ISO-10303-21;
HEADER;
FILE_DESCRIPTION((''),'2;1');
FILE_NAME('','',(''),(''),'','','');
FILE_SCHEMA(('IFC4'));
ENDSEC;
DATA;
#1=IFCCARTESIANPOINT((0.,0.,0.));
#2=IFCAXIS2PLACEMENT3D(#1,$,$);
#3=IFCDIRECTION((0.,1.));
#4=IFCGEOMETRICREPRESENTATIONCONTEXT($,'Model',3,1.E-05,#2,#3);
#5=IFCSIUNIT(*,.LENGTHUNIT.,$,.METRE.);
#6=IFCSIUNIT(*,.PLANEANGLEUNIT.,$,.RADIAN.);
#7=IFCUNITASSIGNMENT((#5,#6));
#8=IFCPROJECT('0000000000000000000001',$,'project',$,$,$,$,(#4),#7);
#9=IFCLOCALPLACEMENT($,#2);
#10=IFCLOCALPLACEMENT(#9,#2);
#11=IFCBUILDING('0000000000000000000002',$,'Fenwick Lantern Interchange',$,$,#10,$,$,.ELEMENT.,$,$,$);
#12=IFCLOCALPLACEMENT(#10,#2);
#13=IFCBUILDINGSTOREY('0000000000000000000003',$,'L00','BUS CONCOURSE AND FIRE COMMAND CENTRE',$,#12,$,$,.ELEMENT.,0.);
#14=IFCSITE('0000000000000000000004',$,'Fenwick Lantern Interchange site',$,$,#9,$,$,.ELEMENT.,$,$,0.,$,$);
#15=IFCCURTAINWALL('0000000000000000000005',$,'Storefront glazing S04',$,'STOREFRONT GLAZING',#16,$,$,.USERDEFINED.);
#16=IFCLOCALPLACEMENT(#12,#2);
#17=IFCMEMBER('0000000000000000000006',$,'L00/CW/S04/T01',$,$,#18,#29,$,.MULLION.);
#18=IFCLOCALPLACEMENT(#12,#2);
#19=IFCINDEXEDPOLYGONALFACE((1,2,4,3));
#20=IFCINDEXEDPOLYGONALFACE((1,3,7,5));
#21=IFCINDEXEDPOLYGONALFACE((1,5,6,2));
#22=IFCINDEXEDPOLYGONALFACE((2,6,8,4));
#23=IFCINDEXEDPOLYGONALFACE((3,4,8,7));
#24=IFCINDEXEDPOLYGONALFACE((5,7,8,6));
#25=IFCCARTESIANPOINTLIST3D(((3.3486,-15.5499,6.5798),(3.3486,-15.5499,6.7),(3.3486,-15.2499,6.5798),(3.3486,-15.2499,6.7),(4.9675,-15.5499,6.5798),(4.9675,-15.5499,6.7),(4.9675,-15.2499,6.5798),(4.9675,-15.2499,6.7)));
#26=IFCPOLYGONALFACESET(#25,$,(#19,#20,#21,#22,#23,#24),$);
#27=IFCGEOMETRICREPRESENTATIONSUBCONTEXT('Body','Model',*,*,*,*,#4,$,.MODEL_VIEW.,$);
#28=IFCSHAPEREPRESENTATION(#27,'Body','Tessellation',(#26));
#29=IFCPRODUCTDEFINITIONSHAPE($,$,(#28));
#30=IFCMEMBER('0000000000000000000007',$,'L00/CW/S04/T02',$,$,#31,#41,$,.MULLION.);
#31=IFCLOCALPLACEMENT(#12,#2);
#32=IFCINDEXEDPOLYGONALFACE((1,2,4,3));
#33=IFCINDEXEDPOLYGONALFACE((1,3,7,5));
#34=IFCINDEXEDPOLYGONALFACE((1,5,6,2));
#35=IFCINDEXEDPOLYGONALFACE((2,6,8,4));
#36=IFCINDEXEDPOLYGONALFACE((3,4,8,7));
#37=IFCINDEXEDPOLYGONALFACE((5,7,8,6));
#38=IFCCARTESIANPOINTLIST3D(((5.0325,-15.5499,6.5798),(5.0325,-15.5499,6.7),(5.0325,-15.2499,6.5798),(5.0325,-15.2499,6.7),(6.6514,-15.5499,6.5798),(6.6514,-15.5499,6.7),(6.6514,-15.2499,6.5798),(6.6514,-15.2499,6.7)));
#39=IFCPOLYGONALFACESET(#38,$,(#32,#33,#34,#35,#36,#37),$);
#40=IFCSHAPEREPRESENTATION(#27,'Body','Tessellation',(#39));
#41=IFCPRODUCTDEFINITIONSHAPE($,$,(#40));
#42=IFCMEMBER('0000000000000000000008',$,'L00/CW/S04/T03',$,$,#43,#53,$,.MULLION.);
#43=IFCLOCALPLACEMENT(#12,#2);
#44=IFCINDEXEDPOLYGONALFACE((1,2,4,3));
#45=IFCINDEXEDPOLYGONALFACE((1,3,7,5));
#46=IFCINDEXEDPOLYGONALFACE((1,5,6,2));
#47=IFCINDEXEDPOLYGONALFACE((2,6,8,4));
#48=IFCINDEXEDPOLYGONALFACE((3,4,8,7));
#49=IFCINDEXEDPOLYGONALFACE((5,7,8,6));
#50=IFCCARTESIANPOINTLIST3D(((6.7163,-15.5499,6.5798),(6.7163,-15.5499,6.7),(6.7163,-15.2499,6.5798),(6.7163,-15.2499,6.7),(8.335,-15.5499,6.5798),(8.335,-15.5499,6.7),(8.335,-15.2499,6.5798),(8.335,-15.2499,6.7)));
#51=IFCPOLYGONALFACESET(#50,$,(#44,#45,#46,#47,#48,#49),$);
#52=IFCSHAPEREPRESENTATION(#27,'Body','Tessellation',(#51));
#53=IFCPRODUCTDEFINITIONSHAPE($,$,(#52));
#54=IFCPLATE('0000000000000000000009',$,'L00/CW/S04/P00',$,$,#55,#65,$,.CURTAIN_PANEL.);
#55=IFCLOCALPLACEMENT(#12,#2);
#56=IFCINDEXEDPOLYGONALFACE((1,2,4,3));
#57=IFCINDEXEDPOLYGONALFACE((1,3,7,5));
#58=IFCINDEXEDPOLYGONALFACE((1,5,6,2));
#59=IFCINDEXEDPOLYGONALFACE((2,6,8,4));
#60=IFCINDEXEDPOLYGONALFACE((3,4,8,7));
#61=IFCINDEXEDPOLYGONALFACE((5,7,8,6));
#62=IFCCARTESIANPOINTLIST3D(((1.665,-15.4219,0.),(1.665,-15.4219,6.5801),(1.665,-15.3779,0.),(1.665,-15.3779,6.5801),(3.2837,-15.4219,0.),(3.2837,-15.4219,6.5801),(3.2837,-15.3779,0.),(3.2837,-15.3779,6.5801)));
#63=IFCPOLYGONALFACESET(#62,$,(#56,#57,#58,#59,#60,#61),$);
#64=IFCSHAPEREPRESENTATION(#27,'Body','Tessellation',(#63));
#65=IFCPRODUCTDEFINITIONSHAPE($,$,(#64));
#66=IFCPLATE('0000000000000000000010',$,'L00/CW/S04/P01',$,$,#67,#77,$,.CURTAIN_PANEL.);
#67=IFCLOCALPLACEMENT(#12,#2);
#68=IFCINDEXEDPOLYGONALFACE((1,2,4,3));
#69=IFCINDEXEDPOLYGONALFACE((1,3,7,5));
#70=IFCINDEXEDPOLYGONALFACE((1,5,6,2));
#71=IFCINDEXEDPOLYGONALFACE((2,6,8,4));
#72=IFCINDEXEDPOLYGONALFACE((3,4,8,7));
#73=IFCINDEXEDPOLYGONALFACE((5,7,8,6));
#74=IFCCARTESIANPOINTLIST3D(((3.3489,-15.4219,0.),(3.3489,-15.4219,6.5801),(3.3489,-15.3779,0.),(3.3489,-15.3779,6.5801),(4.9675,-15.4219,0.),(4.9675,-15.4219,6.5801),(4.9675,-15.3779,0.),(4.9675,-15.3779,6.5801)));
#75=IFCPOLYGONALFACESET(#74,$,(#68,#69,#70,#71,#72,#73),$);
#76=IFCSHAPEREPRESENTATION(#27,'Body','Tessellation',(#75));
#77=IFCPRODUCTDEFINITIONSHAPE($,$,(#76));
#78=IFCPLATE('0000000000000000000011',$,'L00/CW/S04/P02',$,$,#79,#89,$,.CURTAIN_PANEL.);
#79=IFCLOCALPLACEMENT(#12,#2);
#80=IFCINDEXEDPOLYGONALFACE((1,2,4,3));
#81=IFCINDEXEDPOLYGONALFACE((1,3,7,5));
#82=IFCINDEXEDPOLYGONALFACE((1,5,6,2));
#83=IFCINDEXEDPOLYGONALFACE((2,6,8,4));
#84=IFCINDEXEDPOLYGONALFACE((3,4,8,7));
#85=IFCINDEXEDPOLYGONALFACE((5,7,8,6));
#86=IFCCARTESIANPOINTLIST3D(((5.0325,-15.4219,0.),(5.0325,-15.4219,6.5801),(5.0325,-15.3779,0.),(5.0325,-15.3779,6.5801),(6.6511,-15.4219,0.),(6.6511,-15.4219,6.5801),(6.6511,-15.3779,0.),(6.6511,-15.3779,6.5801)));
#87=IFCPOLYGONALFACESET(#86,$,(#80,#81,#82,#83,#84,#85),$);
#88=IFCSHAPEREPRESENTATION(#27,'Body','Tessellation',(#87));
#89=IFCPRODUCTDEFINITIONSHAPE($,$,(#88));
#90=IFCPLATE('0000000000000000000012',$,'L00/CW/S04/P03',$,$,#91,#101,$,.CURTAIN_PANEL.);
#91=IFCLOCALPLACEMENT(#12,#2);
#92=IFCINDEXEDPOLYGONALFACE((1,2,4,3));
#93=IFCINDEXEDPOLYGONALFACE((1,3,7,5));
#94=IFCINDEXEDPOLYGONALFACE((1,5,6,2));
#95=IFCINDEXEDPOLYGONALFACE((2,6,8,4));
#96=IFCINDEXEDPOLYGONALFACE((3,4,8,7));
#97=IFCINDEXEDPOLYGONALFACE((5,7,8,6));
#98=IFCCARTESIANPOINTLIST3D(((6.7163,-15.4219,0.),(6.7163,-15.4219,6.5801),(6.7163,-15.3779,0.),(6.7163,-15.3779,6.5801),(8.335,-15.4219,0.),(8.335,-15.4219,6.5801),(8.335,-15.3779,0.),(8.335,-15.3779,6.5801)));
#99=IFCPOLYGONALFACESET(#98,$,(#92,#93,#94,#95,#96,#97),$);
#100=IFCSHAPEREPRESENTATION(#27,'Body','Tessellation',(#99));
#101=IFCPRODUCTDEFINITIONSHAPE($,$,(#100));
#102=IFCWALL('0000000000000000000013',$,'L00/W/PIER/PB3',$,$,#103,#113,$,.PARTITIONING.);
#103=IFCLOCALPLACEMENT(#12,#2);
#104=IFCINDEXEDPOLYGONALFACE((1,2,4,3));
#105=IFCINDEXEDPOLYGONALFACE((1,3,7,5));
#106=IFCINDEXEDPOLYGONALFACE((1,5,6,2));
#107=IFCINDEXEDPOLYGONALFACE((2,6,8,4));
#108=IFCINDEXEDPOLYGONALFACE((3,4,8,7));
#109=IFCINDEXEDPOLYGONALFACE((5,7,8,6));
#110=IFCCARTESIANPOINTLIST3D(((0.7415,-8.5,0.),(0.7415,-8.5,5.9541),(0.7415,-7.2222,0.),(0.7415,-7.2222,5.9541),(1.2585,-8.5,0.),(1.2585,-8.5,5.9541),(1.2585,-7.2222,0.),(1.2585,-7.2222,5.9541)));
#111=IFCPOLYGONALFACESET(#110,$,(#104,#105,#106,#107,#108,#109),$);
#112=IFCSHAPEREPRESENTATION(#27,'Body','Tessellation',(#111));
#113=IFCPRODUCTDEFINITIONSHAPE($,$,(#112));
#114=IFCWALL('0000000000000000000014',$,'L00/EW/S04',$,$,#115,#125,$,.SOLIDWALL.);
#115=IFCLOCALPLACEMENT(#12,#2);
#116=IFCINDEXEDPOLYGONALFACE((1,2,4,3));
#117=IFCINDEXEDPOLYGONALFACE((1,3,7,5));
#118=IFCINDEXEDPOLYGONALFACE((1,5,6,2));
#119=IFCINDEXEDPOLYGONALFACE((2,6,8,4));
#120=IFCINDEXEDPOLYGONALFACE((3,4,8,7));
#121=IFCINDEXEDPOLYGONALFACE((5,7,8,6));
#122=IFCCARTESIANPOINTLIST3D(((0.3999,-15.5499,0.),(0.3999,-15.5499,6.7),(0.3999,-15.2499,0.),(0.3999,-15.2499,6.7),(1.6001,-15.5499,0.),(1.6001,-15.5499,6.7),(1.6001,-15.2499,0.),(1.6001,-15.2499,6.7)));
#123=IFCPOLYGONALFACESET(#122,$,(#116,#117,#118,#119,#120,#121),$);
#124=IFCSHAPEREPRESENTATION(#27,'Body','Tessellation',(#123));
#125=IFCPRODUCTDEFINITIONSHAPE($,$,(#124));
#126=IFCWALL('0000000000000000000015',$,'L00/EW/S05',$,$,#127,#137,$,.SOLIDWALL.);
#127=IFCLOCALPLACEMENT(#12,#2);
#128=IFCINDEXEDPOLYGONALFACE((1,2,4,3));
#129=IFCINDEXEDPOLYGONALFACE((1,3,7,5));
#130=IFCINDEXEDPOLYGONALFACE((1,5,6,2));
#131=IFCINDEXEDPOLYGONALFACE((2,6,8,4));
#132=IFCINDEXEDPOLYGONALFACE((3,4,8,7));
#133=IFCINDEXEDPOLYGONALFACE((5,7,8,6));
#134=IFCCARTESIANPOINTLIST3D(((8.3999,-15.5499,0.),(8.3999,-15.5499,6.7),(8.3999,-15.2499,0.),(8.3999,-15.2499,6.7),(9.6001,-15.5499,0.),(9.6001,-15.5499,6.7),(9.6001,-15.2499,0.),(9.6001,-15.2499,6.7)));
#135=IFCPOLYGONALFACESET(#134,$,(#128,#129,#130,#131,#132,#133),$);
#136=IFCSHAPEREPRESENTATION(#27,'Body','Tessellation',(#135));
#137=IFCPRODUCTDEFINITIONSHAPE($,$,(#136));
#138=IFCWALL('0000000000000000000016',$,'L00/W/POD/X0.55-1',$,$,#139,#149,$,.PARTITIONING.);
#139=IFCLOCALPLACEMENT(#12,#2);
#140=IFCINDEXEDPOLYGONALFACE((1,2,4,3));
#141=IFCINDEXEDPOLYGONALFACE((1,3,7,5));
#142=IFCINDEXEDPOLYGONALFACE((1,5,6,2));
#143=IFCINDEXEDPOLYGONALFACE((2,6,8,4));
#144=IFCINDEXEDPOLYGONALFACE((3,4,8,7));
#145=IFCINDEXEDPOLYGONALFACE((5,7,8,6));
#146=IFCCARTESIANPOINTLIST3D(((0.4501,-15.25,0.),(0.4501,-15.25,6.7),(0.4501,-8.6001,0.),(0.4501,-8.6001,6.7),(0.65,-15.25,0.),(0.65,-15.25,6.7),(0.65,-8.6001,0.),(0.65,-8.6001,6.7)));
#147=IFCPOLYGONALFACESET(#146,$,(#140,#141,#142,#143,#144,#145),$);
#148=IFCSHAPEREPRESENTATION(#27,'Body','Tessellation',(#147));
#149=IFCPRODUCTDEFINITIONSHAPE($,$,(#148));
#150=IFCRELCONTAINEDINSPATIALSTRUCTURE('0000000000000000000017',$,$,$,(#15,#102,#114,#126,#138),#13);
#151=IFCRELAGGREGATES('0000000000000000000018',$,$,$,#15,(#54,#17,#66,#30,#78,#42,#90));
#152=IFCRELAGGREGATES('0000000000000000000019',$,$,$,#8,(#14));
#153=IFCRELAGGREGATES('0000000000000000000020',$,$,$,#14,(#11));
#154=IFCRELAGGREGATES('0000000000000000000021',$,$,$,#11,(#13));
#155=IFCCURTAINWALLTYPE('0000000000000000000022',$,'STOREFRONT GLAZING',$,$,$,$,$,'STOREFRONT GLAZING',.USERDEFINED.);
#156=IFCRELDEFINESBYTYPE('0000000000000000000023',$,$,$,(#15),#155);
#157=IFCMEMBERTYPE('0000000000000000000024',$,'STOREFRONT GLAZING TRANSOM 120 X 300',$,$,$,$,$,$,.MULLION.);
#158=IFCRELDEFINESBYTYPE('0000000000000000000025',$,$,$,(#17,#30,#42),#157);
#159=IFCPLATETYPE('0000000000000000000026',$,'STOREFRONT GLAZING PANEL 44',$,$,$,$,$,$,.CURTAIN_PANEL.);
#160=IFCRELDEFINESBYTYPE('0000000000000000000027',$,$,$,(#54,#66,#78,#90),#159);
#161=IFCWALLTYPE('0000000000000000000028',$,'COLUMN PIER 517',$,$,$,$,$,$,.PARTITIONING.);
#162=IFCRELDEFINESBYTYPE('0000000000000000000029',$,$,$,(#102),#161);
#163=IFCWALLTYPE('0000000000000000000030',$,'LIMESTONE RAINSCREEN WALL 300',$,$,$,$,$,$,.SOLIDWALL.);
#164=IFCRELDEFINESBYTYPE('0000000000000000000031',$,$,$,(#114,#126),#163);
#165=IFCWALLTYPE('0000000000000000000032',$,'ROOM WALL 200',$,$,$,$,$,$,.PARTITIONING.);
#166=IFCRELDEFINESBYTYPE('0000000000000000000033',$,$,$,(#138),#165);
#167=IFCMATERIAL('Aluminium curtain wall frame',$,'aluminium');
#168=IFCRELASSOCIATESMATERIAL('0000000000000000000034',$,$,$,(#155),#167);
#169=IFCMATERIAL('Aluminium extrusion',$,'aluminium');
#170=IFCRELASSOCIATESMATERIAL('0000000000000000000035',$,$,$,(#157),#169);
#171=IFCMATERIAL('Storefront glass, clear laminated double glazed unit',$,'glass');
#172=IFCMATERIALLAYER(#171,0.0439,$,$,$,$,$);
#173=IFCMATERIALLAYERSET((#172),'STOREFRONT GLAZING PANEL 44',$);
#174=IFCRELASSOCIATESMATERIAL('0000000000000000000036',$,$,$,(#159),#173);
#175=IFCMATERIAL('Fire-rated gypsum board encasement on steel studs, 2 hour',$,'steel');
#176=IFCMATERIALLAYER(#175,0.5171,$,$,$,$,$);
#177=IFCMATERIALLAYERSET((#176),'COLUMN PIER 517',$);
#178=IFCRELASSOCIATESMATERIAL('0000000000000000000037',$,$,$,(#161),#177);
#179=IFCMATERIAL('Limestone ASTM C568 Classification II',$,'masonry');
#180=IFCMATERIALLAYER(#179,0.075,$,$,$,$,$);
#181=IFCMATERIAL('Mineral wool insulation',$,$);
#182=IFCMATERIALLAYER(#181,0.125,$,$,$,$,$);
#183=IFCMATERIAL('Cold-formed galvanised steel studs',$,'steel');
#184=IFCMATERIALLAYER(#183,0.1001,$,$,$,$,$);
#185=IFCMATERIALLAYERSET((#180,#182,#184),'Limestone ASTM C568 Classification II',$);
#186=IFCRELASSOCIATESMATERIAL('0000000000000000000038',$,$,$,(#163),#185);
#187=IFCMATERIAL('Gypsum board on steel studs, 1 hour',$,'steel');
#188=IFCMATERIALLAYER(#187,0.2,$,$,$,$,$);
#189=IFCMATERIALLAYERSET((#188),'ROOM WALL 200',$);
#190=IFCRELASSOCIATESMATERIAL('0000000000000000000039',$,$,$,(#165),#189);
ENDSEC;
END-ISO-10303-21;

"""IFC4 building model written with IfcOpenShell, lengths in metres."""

from ifc_helpers import new_model, si_unit, direction, frame, frame_2d, origin, origin_2d, place, context, subcontext, project, spatial, rectangle, extrude, material, layer, layer_set, material_profile, profile_set, type_object, element, aggregate, save


model = new_model("IFC4")

# Units and contexts
model_context = context("Model", 3, precision=1e-05, world=origin(), true_north=direction((0.0, 1.0)))
body_context = subcontext(model_context, "Body", "Model", "MODEL_VIEW")
ifc_project = project(units=[si_unit("LENGTHUNIT", "METRE"), si_unit("PLANEANGLEUNIT", "RADIAN")], contexts=[model_context])

# Site, building, storey
site_placement = place(None, origin())
site = spatial("IfcSite", under=ifc_project, at=site_placement, Name="Fenwick Lantern Interchange site", CompositionType="ELEMENT", RefElevation=0.0)
building_placement = place(site_placement, origin())
building = spatial("IfcBuilding", under=site, at=building_placement, Name="Fenwick Lantern Interchange", CompositionType="ELEMENT")
storey_placement = place(building_placement, origin())
storey = spatial("IfcBuildingStorey", under=building, at=storey_placement, Name="L00", Description="BUS CONCOURSE AND FIRE COMMAND CENTRE", CompositionType="ELEMENT", Elevation=0.0)

# Shared definitions
ifc_material_1 = material(Name="Aluminium curtain wall frame", Category="aluminium")
curtain_wall_type = type_object("IfcCurtainWallType", Name="STOREFRONT GLAZING", ElementType="STOREFRONT GLAZING", PredefinedType="USERDEFINED", material=ifc_material_1)
ifc_material_2 = material(Name="Aluminium extrusion", Category="aluminium")

# Curtain wall, members, plates
curtain_wall_1_placement = place(storey_placement, origin())
curtain_wall_1 = element("IfcCurtainWall", 1, at=curtain_wall_1_placement, inside=storey, type_object=curtain_wall_type, Name="Storefront glazing S04", ObjectType="STOREFRONT GLAZING", PredefinedType="USERDEFINED")
ifc_material_profile_1 = material_profile(ifc_material_2, rectangle(XDim=0.3, YDim=0.1201, at=origin_2d()), Name="STOREFRONT GLAZING TRANSOM 120 X 300")
ifc_profile_set_1 = profile_set([ifc_material_profile_1], Name="Aluminium extrusion")
member_type_1 = type_object("IfcMemberType", Name="STOREFRONT GLAZING TRANSOM 120 X 300", PredefinedType="MULLION", material=ifc_profile_set_1)
member_1_placement = place(storey_placement, frame((3.3486, -15.3999, 6.6399), z_axis=(1.0, 0.0, 0.0), x_axis=(0.0, 1.0, 0.0)))
member_1 = element("IfcMember", 2, at=member_1_placement, type_object=member_type_1, Name="L00/CW/S04/T01", PredefinedType="MULLION", context=body_context, shape_type="SweptSolid", body=[
    extrude(rectangle(XDim=0.3, YDim=0.1201, at=origin_2d()), origin(), (0.0, 0.0, 1.0), 1.6189),
])
member_2_placement = place(storey_placement, frame((5.0325, -15.3999, 6.6399), z_axis=(1.0, 0.0, 0.0), x_axis=(0.0, 1.0, 0.0)))
member_2 = element("IfcMember", 3, at=member_2_placement, type_object=member_type_1, Name="L00/CW/S04/T02", PredefinedType="MULLION", context=body_context, shape_type="SweptSolid", body=[
    extrude(rectangle(XDim=0.3, YDim=0.1201, at=origin_2d()), origin(), (0.0, 0.0, 1.0), 1.6189),
])
member_3_placement = place(storey_placement, frame((6.7163, -15.3999, 6.6399), z_axis=(1.0, 0.0, 0.0), x_axis=(0.0, 1.0, 0.0)))
member_3 = element("IfcMember", 4, at=member_3_placement, type_object=member_type_1, Name="L00/CW/S04/T03", PredefinedType="MULLION", context=body_context, shape_type="SweptSolid", body=[
    extrude(rectangle(XDim=0.3, YDim=0.1201, at=origin_2d()), origin(), (0.0, 0.0, 1.0), 1.6187),
])
ifc_material_3 = material(Name="Storefront glass, clear laminated double glazed unit", Category="glass")
ifc_layer_1 = layer(ifc_material_3, 0.0439)
ifc_layer_set_1 = layer_set([ifc_layer_1], Name="STOREFRONT GLAZING PANEL 44")
plate_type = type_object("IfcPlateType", Name="STOREFRONT GLAZING PANEL 44", PredefinedType="CURTAIN_PANEL", material=ifc_layer_set_1)
plate_1_placement = place(storey_placement, frame((2.4744, -15.3999, 0.0), z_axis=(0.0, 0.0, 1.0), x_axis=(1.0, 0.0, 0.0)))
plate_1 = element("IfcPlate", 5, at=plate_1_placement, type_object=plate_type, Name="L00/CW/S04/P00", PredefinedType="CURTAIN_PANEL", context=body_context, shape_type="SweptSolid", body=[
    extrude(rectangle(XDim=1.6187, YDim=0.0439, at=origin_2d()), origin(), (0.0, 0.0, 1.0), 6.5801),
])
plate_2_placement = place(storey_placement, frame((4.1582, -15.3999, 0.0), z_axis=(0.0, 0.0, 1.0), x_axis=(1.0, 0.0, 0.0)))
plate_2 = element("IfcPlate", 6, at=plate_2_placement, type_object=plate_type, Name="L00/CW/S04/P01", PredefinedType="CURTAIN_PANEL", context=body_context, shape_type="SweptSolid", body=[
    extrude(rectangle(XDim=1.6187, YDim=0.0439, at=origin_2d()), origin(), (0.0, 0.0, 1.0), 6.5801),
])
plate_3_placement = place(storey_placement, frame((5.8418, -15.3999, 0.0), z_axis=(0.0, 0.0, 1.0), x_axis=(1.0, 0.0, 0.0)))
plate_3 = element("IfcPlate", 7, at=plate_3_placement, type_object=plate_type, Name="L00/CW/S04/P02", PredefinedType="CURTAIN_PANEL", context=body_context, shape_type="SweptSolid", body=[
    extrude(rectangle(XDim=1.6187, YDim=0.0439, at=origin_2d()), origin(), (0.0, 0.0, 1.0), 6.5801),
])
plate_4_placement = place(storey_placement, frame((7.5256, -15.3999, 0.0), z_axis=(0.0, 0.0, 1.0), x_axis=(1.0, 0.0, 0.0)))
plate_4 = element("IfcPlate", 8, at=plate_4_placement, type_object=plate_type, Name="L00/CW/S04/P03", PredefinedType="CURTAIN_PANEL", context=body_context, shape_type="SweptSolid", body=[
    extrude(rectangle(XDim=1.6187, YDim=0.0439, at=origin_2d()), origin(), (0.0, 0.0, 1.0), 6.5801),
])
aggregate(curtain_wall_1, [plate_1, member_1, plate_2, member_2, plate_3, member_3, plate_4])

# Walls
ifc_material_4 = material(Name="Fire-rated gypsum board encasement on steel studs, 2 hour", Category="steel")
ifc_layer_2 = layer(ifc_material_4, 0.5171)
ifc_layer_set_2 = layer_set([ifc_layer_2], Name="COLUMN PIER 517")
wall_type_1 = type_object("IfcWallType", Name="COLUMN PIER 517", PredefinedType="PARTITIONING", material=ifc_layer_set_2)
wall_1_placement = place(storey_placement, frame((1.0, -8.5, 0.0), z_axis=(0.0, 0.0, 1.0), x_axis=(0.0, 1.0, 0.0)))
element("IfcWall", 9, at=wall_1_placement, inside=storey, type_object=wall_type_1, Name="L00/W/PIER/PB3", PredefinedType="PARTITIONING", context=body_context, shape_type="SweptSolid", body=[
    extrude(rectangle(XDim=1.2778, YDim=0.5171, at=frame_2d((0.6389, 0.0))), origin(), (0.0, 0.0, 1.0), 5.9541),
])
ifc_material_5 = material(Name="Limestone ASTM C568 Classification II", Category="masonry")
ifc_layer_3 = layer(ifc_material_5, 0.075)
ifc_material_6 = material(Name="Mineral wool insulation")
ifc_layer_4 = layer(ifc_material_6, 0.125)
ifc_material_7 = material(Name="Cold-formed galvanised steel studs", Category="steel")
ifc_layer_5 = layer(ifc_material_7, 0.1001)
ifc_layer_set_3 = layer_set([ifc_layer_3, ifc_layer_4, ifc_layer_5], Name="Limestone ASTM C568 Classification II")
wall_type_2 = type_object("IfcWallType", Name="LIMESTONE RAINSCREEN WALL 300", PredefinedType="SOLIDWALL", material=ifc_layer_set_3)
for number, where, z_axis, x_axis, name in (
    (10, (0.3999, -15.3999, 0.0), (0.0, 0.0, 1.0), (1.0, 0.0, 0.0), "L00/EW/S04"),
    (11, (8.3999, -15.3999, 0.0), (0.0, 0.0, 1.0), (1.0, 0.0, 0.0), "L00/EW/S05"),
):
    element("IfcWall", number, at=place(storey_placement, frame(where, z_axis=z_axis, x_axis=x_axis)), inside=storey, type_object=wall_type_2, Name=name, PredefinedType="SOLIDWALL", context=body_context, shape_type="SweptSolid", body=[
        extrude(rectangle(XDim=1.2002, YDim=0.3, at=frame_2d((0.6001, 0.0))), origin(), (0.0, 0.0, 1.0), 6.7),
    ])
ifc_material_8 = material(Name="Gypsum board on steel studs, 1 hour", Category="steel")
ifc_layer_6 = layer(ifc_material_8, 0.2)
ifc_layer_set_4 = layer_set([ifc_layer_6], Name="ROOM WALL 200")
wall_type_3 = type_object("IfcWallType", Name="ROOM WALL 200", PredefinedType="PARTITIONING", material=ifc_layer_set_4)
wall_2_placement = place(storey_placement, frame((0.55, -15.25, 0.0), z_axis=(0.0, 0.0, 1.0), x_axis=(0.0, 1.0, 0.0)))
element("IfcWall", 12, at=wall_2_placement, inside=storey, type_object=wall_type_3, Name="L00/W/POD/X0.55-1", PredefinedType="PARTITIONING", context=body_context, shape_type="SweptSolid", body=[
    extrude(rectangle(XDim=6.6499, YDim=0.2, at=frame_2d((3.325, 0.0))), origin(), (0.0, 0.0, 1.0), 6.7),
])

save(model, "model.ifc")
